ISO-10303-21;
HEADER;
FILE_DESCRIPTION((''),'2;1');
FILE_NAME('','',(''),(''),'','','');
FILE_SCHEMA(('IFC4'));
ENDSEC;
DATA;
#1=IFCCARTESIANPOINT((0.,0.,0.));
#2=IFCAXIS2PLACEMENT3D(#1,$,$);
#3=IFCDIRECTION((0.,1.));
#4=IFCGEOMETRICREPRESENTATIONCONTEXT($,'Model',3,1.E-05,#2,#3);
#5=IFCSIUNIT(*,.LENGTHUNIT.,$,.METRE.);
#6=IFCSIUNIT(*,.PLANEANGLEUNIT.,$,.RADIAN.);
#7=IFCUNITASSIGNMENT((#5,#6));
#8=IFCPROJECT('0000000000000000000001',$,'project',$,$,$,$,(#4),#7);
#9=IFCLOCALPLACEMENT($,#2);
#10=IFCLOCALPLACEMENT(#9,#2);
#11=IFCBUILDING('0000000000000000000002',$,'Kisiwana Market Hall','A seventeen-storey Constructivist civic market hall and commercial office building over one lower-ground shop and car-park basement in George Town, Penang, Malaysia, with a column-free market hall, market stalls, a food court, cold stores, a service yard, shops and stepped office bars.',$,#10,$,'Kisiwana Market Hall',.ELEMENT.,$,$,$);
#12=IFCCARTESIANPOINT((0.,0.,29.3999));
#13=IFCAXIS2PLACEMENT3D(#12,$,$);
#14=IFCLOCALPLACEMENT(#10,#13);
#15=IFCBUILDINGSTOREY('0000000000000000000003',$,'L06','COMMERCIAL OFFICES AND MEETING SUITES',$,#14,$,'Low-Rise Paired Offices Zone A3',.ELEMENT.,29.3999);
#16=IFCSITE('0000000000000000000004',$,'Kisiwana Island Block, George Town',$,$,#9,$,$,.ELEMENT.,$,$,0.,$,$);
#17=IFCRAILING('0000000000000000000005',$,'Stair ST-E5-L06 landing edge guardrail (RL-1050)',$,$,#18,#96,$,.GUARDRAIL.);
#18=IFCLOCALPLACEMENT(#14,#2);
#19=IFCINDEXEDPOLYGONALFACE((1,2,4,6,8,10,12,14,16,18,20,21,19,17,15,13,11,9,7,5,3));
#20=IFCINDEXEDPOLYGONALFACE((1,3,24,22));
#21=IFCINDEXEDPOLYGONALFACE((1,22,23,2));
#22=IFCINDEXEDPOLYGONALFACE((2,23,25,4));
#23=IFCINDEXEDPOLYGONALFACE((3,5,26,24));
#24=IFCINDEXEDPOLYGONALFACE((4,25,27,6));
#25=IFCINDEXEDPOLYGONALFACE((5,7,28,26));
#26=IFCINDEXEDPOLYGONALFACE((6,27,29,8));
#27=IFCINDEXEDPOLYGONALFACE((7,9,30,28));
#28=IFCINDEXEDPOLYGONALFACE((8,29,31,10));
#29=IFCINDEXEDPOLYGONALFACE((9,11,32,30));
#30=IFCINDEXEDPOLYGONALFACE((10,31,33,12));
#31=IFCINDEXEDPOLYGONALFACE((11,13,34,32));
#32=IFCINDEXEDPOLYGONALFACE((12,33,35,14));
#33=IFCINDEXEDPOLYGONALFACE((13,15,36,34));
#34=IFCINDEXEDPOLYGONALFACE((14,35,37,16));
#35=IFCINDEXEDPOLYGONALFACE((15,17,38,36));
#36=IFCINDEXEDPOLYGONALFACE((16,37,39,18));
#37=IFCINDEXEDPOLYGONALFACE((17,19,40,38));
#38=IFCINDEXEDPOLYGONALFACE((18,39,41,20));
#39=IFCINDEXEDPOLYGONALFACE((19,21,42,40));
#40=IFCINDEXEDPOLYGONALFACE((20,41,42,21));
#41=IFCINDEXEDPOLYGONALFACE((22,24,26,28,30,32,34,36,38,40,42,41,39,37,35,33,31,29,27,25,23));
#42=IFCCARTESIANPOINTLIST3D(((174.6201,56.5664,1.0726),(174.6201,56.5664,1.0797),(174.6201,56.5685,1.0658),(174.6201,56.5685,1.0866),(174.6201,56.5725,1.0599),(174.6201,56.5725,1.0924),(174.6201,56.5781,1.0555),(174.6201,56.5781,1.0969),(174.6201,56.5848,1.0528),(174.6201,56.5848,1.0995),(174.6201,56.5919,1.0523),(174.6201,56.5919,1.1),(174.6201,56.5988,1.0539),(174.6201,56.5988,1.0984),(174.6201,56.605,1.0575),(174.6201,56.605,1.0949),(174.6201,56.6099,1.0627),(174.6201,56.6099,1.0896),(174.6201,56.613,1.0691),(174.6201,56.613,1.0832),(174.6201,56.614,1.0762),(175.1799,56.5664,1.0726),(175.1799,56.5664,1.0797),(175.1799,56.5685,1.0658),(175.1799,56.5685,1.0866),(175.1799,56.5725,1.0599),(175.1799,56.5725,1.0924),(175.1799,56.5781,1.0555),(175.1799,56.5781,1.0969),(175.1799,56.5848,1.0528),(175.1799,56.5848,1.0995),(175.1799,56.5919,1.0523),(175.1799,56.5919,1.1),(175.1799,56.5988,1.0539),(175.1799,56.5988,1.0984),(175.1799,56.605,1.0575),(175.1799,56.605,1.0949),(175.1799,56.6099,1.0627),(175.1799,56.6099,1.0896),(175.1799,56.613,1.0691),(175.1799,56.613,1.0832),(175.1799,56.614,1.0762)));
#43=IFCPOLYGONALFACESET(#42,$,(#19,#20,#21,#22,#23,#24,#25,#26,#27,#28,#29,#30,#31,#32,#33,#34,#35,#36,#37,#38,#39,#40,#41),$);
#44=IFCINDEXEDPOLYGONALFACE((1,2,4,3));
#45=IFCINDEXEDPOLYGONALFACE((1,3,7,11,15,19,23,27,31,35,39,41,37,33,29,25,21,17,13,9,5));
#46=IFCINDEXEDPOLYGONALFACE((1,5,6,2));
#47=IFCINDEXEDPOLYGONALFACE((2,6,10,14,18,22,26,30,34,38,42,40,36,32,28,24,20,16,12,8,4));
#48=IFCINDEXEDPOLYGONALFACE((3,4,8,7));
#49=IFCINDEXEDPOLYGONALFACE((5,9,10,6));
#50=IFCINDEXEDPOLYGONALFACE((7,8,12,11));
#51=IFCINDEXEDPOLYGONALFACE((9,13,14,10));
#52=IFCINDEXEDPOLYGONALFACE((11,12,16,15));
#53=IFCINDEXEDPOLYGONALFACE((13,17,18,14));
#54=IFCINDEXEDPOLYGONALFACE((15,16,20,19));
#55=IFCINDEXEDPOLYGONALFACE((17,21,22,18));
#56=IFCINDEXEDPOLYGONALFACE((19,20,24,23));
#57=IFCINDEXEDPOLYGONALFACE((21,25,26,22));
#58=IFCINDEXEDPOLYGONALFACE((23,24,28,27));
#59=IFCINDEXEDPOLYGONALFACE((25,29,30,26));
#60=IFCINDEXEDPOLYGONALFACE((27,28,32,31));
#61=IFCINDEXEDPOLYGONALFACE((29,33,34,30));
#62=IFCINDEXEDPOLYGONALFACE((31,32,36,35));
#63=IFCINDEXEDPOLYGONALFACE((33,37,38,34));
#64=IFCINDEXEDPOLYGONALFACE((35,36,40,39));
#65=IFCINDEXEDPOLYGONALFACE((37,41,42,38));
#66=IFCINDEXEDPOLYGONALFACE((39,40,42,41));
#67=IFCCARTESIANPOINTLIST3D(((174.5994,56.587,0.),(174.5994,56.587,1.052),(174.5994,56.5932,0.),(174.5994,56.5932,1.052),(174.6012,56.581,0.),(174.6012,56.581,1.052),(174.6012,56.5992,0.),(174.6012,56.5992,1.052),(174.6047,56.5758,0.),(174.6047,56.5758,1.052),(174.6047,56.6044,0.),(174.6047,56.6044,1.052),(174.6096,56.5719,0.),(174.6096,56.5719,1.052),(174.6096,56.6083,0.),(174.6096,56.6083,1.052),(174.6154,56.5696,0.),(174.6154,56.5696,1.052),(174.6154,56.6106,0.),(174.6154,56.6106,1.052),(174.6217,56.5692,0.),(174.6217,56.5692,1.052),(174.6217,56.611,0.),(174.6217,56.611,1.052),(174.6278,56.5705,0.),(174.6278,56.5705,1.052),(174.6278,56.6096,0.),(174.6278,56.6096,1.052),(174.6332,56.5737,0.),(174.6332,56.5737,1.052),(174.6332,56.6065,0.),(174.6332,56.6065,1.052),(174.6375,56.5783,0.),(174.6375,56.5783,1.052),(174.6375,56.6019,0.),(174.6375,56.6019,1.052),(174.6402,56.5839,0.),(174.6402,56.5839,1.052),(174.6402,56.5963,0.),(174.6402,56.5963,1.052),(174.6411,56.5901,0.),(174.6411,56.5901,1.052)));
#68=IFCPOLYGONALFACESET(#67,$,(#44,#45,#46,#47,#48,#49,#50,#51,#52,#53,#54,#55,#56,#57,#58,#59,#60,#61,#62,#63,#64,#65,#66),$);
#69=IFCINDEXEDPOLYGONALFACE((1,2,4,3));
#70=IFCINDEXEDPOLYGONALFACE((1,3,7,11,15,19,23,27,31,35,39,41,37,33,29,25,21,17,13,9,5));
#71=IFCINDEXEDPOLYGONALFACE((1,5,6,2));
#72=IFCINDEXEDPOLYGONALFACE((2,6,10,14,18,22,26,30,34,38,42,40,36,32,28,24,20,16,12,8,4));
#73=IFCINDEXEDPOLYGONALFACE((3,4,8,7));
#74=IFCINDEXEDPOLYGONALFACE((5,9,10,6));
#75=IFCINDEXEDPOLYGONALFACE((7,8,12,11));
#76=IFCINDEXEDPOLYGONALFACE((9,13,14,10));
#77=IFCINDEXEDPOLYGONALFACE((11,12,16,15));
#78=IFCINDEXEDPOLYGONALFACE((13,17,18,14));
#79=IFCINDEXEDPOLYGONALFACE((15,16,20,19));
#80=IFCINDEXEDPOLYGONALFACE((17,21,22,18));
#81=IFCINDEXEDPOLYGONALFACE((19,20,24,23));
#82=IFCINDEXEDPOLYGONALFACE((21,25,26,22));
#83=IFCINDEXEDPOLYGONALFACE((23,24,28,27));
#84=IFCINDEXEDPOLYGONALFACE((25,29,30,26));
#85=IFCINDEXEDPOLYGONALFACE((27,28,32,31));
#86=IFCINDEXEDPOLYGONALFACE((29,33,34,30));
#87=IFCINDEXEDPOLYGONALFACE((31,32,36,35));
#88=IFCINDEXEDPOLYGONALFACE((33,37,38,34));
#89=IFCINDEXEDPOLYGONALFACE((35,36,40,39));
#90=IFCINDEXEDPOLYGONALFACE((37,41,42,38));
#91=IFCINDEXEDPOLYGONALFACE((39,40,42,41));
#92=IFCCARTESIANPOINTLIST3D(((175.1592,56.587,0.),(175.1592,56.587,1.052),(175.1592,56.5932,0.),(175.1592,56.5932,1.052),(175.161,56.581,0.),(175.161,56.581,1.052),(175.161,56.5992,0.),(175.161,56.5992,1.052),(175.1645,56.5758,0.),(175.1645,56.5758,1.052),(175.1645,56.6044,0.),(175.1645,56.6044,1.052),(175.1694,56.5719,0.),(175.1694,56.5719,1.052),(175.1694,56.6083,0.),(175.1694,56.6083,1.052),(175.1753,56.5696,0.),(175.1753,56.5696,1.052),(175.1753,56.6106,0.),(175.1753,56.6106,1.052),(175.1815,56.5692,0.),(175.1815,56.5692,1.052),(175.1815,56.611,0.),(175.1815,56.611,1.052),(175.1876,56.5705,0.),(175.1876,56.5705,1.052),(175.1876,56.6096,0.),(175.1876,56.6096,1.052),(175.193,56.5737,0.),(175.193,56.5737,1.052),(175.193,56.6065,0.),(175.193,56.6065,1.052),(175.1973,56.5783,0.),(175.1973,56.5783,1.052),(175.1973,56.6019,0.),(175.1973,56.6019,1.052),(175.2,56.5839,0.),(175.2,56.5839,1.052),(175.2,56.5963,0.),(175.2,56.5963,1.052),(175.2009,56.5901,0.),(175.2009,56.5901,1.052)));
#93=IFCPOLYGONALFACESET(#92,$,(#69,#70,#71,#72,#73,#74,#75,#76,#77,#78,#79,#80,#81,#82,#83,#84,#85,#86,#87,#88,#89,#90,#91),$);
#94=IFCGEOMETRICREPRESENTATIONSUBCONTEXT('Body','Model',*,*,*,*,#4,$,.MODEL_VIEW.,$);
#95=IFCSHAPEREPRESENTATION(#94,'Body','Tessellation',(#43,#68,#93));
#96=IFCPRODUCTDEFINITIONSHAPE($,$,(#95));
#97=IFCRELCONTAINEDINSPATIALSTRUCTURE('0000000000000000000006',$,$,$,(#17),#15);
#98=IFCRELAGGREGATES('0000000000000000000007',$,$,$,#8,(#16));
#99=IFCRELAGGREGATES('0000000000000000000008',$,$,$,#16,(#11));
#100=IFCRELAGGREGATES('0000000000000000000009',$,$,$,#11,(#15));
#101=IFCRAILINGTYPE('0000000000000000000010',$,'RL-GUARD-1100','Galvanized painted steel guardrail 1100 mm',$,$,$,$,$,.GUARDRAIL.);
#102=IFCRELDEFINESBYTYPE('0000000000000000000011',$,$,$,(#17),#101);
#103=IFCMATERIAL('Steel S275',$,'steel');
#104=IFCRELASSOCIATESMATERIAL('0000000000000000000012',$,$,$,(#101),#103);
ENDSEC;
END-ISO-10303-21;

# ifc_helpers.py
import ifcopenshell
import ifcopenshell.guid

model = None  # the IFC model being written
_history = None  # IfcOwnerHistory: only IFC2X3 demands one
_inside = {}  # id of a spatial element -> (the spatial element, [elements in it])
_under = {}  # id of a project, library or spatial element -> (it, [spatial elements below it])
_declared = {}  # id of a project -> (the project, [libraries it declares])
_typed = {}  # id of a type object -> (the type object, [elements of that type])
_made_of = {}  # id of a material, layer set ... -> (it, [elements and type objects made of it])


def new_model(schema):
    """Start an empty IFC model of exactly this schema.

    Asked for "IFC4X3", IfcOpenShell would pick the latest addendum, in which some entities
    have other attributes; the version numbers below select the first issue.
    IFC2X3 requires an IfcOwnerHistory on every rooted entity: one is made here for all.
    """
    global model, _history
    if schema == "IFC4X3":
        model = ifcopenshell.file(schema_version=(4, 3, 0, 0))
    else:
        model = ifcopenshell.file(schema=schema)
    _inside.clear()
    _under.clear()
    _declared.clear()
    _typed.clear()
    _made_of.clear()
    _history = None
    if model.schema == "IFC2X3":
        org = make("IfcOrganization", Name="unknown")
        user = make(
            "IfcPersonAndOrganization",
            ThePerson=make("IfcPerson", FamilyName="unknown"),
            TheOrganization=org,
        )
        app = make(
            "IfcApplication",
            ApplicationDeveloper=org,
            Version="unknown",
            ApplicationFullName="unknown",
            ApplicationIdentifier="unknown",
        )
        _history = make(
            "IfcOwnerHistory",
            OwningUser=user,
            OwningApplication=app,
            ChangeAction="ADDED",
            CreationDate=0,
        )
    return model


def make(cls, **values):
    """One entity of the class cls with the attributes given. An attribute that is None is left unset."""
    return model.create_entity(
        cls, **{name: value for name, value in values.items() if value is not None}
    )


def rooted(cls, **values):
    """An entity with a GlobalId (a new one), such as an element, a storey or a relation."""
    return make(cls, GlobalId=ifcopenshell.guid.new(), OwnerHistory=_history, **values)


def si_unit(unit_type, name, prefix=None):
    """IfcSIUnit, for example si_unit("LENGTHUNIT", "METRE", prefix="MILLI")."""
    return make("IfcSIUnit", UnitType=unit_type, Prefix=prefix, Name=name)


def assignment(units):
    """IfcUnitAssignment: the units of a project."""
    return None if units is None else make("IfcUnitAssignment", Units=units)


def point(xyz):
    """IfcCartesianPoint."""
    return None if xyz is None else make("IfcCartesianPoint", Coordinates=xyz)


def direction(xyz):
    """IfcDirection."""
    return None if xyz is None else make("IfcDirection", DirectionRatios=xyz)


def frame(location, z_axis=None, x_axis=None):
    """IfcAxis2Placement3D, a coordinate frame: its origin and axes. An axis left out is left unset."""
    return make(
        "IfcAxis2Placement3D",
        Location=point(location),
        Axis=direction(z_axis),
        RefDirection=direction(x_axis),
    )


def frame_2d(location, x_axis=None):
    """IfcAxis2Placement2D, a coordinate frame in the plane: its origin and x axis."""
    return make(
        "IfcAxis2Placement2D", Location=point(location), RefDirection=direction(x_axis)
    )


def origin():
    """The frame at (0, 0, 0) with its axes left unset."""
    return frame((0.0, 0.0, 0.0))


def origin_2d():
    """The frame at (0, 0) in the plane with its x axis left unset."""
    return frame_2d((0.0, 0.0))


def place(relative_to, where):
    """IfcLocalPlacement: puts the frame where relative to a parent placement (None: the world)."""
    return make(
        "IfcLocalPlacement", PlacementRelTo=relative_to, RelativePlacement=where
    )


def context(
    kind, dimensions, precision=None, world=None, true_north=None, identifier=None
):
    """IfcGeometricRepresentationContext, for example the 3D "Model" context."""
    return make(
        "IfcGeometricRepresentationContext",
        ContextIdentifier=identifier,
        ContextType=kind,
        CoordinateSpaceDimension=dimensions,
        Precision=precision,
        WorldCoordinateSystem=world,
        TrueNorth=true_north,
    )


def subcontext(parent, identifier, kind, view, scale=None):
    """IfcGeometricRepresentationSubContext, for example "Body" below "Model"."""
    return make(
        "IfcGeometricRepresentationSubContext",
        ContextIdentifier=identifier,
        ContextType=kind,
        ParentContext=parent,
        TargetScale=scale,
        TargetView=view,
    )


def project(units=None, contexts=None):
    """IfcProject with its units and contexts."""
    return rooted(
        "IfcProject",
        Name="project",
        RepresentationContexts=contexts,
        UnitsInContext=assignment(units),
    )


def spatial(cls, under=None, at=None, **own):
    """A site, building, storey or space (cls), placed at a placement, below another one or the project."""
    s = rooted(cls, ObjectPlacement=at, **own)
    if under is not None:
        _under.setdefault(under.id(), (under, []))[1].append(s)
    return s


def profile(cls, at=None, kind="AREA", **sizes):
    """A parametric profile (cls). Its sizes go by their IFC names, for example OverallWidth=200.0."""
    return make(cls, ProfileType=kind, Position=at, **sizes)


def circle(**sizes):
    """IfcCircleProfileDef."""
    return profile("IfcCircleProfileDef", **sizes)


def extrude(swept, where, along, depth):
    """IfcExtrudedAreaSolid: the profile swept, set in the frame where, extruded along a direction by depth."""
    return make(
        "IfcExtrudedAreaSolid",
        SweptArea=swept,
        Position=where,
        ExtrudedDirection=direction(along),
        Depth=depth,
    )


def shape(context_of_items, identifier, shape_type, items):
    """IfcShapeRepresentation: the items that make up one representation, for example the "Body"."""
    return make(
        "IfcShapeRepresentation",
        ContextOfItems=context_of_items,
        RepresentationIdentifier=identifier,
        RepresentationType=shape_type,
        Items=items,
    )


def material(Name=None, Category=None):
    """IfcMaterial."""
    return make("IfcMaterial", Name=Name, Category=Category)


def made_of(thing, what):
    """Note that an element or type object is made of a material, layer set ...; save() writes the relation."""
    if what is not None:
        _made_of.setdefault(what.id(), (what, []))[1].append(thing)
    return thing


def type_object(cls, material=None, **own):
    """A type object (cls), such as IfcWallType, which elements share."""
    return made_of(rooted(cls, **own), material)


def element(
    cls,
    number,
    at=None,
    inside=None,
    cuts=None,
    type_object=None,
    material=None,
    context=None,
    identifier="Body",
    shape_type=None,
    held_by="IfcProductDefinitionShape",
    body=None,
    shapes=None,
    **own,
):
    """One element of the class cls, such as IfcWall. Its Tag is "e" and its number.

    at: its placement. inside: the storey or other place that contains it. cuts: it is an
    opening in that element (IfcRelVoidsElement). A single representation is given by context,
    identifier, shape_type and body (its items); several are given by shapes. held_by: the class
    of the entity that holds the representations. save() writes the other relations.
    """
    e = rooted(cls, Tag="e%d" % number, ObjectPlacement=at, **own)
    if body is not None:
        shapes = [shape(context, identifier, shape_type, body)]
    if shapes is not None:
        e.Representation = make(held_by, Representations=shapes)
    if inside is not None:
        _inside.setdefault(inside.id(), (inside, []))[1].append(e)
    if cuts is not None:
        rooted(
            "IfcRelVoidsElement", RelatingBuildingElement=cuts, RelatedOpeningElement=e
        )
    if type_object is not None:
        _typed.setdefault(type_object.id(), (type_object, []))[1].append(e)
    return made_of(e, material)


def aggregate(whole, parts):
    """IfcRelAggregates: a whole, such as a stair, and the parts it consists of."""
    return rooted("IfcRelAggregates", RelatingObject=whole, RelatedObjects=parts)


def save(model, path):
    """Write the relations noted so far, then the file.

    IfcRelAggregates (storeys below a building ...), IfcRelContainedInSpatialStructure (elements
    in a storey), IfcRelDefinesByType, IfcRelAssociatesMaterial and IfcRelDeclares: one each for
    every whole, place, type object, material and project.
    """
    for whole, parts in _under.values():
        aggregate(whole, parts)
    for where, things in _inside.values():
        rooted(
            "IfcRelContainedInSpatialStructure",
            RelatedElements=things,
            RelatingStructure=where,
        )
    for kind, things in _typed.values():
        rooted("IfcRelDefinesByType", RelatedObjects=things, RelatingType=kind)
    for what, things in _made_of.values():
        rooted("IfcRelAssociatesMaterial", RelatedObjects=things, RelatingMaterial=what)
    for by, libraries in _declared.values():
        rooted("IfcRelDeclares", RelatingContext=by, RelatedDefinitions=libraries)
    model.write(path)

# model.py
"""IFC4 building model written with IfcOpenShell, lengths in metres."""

from ifc_helpers import new_model, si_unit, direction, frame, origin, origin_2d, place, context, subcontext, project, spatial, circle, extrude, material, type_object, element, save


model = new_model("IFC4")

# Units and contexts
model_context = context("Model", 3, precision=1e-05, world=origin(), true_north=direction((0.0, 1.0)))
body_context = subcontext(model_context, "Body", "Model", "MODEL_VIEW")
ifc_project = project(units=[si_unit("LENGTHUNIT", "METRE"), si_unit("PLANEANGLEUNIT", "RADIAN")], contexts=[model_context])

# Site, building, storey
site_placement = place(None, origin())
site = spatial("IfcSite", under=ifc_project, at=site_placement, Name="Kisiwana Island Block, George Town", CompositionType="ELEMENT", RefElevation=0.0)
building_placement = place(site_placement, origin())
building = spatial("IfcBuilding", under=site, at=building_placement, Name="Kisiwana Market Hall", Description="A seventeen-storey Constructivist civic market hall and commercial office building over one lower-ground shop and car-park basement in George Town, Penang, Malaysia, with a column-free market hall, market stalls, a food court, cold stores, a service yard, shops and stepped office bars.", LongName="Kisiwana Market Hall", CompositionType="ELEMENT")
storey_placement = place(building_placement, frame((0.0, 0.0, 29.3999)))
storey = spatial("IfcBuildingStorey", under=building, at=storey_placement, Name="L06", Description="COMMERCIAL OFFICES AND MEETING SUITES", LongName="Low-Rise Paired Offices Zone A3", CompositionType="ELEMENT", Elevation=29.3999)

# Railing
ifc_material_1 = material(Name="Steel S275", Category="steel")
railing_type_1 = type_object("IfcRailingType", Name="RL-GUARD-1100", Description="Galvanized painted steel guardrail 1100 mm", PredefinedType="GUARDRAIL", material=ifc_material_1)
railing_1_placement = place(storey_placement, frame((174.6201, 56.5901, 0.0)))
element("IfcRailing", 1, at=railing_1_placement, inside=storey, type_object=railing_type_1, Name="Stair ST-E5-L06 landing edge guardrail (RL-1050)", PredefinedType="GUARDRAIL", context=body_context, shape_type="SweptSolid", body=[
    extrude(circle(Radius=0.0239, at=origin_2d()), frame((0.0, 0.0, 1.0762), z_axis=(1.0, 0.0, 0.0), x_axis=(0.0, 1.0, 0.0)), (0.0, 0.0, 1.0), 0.5598),
    extrude(circle(Radius=0.021, at=origin_2d()), origin(), (0.0, 0.0, 1.0), 1.052),
    extrude(circle(Radius=0.021, at=origin_2d()), frame((0.5598, 0.0, 0.0)), (0.0, 0.0, 1.0), 1.052),
])

save(model, "model.ifc")
